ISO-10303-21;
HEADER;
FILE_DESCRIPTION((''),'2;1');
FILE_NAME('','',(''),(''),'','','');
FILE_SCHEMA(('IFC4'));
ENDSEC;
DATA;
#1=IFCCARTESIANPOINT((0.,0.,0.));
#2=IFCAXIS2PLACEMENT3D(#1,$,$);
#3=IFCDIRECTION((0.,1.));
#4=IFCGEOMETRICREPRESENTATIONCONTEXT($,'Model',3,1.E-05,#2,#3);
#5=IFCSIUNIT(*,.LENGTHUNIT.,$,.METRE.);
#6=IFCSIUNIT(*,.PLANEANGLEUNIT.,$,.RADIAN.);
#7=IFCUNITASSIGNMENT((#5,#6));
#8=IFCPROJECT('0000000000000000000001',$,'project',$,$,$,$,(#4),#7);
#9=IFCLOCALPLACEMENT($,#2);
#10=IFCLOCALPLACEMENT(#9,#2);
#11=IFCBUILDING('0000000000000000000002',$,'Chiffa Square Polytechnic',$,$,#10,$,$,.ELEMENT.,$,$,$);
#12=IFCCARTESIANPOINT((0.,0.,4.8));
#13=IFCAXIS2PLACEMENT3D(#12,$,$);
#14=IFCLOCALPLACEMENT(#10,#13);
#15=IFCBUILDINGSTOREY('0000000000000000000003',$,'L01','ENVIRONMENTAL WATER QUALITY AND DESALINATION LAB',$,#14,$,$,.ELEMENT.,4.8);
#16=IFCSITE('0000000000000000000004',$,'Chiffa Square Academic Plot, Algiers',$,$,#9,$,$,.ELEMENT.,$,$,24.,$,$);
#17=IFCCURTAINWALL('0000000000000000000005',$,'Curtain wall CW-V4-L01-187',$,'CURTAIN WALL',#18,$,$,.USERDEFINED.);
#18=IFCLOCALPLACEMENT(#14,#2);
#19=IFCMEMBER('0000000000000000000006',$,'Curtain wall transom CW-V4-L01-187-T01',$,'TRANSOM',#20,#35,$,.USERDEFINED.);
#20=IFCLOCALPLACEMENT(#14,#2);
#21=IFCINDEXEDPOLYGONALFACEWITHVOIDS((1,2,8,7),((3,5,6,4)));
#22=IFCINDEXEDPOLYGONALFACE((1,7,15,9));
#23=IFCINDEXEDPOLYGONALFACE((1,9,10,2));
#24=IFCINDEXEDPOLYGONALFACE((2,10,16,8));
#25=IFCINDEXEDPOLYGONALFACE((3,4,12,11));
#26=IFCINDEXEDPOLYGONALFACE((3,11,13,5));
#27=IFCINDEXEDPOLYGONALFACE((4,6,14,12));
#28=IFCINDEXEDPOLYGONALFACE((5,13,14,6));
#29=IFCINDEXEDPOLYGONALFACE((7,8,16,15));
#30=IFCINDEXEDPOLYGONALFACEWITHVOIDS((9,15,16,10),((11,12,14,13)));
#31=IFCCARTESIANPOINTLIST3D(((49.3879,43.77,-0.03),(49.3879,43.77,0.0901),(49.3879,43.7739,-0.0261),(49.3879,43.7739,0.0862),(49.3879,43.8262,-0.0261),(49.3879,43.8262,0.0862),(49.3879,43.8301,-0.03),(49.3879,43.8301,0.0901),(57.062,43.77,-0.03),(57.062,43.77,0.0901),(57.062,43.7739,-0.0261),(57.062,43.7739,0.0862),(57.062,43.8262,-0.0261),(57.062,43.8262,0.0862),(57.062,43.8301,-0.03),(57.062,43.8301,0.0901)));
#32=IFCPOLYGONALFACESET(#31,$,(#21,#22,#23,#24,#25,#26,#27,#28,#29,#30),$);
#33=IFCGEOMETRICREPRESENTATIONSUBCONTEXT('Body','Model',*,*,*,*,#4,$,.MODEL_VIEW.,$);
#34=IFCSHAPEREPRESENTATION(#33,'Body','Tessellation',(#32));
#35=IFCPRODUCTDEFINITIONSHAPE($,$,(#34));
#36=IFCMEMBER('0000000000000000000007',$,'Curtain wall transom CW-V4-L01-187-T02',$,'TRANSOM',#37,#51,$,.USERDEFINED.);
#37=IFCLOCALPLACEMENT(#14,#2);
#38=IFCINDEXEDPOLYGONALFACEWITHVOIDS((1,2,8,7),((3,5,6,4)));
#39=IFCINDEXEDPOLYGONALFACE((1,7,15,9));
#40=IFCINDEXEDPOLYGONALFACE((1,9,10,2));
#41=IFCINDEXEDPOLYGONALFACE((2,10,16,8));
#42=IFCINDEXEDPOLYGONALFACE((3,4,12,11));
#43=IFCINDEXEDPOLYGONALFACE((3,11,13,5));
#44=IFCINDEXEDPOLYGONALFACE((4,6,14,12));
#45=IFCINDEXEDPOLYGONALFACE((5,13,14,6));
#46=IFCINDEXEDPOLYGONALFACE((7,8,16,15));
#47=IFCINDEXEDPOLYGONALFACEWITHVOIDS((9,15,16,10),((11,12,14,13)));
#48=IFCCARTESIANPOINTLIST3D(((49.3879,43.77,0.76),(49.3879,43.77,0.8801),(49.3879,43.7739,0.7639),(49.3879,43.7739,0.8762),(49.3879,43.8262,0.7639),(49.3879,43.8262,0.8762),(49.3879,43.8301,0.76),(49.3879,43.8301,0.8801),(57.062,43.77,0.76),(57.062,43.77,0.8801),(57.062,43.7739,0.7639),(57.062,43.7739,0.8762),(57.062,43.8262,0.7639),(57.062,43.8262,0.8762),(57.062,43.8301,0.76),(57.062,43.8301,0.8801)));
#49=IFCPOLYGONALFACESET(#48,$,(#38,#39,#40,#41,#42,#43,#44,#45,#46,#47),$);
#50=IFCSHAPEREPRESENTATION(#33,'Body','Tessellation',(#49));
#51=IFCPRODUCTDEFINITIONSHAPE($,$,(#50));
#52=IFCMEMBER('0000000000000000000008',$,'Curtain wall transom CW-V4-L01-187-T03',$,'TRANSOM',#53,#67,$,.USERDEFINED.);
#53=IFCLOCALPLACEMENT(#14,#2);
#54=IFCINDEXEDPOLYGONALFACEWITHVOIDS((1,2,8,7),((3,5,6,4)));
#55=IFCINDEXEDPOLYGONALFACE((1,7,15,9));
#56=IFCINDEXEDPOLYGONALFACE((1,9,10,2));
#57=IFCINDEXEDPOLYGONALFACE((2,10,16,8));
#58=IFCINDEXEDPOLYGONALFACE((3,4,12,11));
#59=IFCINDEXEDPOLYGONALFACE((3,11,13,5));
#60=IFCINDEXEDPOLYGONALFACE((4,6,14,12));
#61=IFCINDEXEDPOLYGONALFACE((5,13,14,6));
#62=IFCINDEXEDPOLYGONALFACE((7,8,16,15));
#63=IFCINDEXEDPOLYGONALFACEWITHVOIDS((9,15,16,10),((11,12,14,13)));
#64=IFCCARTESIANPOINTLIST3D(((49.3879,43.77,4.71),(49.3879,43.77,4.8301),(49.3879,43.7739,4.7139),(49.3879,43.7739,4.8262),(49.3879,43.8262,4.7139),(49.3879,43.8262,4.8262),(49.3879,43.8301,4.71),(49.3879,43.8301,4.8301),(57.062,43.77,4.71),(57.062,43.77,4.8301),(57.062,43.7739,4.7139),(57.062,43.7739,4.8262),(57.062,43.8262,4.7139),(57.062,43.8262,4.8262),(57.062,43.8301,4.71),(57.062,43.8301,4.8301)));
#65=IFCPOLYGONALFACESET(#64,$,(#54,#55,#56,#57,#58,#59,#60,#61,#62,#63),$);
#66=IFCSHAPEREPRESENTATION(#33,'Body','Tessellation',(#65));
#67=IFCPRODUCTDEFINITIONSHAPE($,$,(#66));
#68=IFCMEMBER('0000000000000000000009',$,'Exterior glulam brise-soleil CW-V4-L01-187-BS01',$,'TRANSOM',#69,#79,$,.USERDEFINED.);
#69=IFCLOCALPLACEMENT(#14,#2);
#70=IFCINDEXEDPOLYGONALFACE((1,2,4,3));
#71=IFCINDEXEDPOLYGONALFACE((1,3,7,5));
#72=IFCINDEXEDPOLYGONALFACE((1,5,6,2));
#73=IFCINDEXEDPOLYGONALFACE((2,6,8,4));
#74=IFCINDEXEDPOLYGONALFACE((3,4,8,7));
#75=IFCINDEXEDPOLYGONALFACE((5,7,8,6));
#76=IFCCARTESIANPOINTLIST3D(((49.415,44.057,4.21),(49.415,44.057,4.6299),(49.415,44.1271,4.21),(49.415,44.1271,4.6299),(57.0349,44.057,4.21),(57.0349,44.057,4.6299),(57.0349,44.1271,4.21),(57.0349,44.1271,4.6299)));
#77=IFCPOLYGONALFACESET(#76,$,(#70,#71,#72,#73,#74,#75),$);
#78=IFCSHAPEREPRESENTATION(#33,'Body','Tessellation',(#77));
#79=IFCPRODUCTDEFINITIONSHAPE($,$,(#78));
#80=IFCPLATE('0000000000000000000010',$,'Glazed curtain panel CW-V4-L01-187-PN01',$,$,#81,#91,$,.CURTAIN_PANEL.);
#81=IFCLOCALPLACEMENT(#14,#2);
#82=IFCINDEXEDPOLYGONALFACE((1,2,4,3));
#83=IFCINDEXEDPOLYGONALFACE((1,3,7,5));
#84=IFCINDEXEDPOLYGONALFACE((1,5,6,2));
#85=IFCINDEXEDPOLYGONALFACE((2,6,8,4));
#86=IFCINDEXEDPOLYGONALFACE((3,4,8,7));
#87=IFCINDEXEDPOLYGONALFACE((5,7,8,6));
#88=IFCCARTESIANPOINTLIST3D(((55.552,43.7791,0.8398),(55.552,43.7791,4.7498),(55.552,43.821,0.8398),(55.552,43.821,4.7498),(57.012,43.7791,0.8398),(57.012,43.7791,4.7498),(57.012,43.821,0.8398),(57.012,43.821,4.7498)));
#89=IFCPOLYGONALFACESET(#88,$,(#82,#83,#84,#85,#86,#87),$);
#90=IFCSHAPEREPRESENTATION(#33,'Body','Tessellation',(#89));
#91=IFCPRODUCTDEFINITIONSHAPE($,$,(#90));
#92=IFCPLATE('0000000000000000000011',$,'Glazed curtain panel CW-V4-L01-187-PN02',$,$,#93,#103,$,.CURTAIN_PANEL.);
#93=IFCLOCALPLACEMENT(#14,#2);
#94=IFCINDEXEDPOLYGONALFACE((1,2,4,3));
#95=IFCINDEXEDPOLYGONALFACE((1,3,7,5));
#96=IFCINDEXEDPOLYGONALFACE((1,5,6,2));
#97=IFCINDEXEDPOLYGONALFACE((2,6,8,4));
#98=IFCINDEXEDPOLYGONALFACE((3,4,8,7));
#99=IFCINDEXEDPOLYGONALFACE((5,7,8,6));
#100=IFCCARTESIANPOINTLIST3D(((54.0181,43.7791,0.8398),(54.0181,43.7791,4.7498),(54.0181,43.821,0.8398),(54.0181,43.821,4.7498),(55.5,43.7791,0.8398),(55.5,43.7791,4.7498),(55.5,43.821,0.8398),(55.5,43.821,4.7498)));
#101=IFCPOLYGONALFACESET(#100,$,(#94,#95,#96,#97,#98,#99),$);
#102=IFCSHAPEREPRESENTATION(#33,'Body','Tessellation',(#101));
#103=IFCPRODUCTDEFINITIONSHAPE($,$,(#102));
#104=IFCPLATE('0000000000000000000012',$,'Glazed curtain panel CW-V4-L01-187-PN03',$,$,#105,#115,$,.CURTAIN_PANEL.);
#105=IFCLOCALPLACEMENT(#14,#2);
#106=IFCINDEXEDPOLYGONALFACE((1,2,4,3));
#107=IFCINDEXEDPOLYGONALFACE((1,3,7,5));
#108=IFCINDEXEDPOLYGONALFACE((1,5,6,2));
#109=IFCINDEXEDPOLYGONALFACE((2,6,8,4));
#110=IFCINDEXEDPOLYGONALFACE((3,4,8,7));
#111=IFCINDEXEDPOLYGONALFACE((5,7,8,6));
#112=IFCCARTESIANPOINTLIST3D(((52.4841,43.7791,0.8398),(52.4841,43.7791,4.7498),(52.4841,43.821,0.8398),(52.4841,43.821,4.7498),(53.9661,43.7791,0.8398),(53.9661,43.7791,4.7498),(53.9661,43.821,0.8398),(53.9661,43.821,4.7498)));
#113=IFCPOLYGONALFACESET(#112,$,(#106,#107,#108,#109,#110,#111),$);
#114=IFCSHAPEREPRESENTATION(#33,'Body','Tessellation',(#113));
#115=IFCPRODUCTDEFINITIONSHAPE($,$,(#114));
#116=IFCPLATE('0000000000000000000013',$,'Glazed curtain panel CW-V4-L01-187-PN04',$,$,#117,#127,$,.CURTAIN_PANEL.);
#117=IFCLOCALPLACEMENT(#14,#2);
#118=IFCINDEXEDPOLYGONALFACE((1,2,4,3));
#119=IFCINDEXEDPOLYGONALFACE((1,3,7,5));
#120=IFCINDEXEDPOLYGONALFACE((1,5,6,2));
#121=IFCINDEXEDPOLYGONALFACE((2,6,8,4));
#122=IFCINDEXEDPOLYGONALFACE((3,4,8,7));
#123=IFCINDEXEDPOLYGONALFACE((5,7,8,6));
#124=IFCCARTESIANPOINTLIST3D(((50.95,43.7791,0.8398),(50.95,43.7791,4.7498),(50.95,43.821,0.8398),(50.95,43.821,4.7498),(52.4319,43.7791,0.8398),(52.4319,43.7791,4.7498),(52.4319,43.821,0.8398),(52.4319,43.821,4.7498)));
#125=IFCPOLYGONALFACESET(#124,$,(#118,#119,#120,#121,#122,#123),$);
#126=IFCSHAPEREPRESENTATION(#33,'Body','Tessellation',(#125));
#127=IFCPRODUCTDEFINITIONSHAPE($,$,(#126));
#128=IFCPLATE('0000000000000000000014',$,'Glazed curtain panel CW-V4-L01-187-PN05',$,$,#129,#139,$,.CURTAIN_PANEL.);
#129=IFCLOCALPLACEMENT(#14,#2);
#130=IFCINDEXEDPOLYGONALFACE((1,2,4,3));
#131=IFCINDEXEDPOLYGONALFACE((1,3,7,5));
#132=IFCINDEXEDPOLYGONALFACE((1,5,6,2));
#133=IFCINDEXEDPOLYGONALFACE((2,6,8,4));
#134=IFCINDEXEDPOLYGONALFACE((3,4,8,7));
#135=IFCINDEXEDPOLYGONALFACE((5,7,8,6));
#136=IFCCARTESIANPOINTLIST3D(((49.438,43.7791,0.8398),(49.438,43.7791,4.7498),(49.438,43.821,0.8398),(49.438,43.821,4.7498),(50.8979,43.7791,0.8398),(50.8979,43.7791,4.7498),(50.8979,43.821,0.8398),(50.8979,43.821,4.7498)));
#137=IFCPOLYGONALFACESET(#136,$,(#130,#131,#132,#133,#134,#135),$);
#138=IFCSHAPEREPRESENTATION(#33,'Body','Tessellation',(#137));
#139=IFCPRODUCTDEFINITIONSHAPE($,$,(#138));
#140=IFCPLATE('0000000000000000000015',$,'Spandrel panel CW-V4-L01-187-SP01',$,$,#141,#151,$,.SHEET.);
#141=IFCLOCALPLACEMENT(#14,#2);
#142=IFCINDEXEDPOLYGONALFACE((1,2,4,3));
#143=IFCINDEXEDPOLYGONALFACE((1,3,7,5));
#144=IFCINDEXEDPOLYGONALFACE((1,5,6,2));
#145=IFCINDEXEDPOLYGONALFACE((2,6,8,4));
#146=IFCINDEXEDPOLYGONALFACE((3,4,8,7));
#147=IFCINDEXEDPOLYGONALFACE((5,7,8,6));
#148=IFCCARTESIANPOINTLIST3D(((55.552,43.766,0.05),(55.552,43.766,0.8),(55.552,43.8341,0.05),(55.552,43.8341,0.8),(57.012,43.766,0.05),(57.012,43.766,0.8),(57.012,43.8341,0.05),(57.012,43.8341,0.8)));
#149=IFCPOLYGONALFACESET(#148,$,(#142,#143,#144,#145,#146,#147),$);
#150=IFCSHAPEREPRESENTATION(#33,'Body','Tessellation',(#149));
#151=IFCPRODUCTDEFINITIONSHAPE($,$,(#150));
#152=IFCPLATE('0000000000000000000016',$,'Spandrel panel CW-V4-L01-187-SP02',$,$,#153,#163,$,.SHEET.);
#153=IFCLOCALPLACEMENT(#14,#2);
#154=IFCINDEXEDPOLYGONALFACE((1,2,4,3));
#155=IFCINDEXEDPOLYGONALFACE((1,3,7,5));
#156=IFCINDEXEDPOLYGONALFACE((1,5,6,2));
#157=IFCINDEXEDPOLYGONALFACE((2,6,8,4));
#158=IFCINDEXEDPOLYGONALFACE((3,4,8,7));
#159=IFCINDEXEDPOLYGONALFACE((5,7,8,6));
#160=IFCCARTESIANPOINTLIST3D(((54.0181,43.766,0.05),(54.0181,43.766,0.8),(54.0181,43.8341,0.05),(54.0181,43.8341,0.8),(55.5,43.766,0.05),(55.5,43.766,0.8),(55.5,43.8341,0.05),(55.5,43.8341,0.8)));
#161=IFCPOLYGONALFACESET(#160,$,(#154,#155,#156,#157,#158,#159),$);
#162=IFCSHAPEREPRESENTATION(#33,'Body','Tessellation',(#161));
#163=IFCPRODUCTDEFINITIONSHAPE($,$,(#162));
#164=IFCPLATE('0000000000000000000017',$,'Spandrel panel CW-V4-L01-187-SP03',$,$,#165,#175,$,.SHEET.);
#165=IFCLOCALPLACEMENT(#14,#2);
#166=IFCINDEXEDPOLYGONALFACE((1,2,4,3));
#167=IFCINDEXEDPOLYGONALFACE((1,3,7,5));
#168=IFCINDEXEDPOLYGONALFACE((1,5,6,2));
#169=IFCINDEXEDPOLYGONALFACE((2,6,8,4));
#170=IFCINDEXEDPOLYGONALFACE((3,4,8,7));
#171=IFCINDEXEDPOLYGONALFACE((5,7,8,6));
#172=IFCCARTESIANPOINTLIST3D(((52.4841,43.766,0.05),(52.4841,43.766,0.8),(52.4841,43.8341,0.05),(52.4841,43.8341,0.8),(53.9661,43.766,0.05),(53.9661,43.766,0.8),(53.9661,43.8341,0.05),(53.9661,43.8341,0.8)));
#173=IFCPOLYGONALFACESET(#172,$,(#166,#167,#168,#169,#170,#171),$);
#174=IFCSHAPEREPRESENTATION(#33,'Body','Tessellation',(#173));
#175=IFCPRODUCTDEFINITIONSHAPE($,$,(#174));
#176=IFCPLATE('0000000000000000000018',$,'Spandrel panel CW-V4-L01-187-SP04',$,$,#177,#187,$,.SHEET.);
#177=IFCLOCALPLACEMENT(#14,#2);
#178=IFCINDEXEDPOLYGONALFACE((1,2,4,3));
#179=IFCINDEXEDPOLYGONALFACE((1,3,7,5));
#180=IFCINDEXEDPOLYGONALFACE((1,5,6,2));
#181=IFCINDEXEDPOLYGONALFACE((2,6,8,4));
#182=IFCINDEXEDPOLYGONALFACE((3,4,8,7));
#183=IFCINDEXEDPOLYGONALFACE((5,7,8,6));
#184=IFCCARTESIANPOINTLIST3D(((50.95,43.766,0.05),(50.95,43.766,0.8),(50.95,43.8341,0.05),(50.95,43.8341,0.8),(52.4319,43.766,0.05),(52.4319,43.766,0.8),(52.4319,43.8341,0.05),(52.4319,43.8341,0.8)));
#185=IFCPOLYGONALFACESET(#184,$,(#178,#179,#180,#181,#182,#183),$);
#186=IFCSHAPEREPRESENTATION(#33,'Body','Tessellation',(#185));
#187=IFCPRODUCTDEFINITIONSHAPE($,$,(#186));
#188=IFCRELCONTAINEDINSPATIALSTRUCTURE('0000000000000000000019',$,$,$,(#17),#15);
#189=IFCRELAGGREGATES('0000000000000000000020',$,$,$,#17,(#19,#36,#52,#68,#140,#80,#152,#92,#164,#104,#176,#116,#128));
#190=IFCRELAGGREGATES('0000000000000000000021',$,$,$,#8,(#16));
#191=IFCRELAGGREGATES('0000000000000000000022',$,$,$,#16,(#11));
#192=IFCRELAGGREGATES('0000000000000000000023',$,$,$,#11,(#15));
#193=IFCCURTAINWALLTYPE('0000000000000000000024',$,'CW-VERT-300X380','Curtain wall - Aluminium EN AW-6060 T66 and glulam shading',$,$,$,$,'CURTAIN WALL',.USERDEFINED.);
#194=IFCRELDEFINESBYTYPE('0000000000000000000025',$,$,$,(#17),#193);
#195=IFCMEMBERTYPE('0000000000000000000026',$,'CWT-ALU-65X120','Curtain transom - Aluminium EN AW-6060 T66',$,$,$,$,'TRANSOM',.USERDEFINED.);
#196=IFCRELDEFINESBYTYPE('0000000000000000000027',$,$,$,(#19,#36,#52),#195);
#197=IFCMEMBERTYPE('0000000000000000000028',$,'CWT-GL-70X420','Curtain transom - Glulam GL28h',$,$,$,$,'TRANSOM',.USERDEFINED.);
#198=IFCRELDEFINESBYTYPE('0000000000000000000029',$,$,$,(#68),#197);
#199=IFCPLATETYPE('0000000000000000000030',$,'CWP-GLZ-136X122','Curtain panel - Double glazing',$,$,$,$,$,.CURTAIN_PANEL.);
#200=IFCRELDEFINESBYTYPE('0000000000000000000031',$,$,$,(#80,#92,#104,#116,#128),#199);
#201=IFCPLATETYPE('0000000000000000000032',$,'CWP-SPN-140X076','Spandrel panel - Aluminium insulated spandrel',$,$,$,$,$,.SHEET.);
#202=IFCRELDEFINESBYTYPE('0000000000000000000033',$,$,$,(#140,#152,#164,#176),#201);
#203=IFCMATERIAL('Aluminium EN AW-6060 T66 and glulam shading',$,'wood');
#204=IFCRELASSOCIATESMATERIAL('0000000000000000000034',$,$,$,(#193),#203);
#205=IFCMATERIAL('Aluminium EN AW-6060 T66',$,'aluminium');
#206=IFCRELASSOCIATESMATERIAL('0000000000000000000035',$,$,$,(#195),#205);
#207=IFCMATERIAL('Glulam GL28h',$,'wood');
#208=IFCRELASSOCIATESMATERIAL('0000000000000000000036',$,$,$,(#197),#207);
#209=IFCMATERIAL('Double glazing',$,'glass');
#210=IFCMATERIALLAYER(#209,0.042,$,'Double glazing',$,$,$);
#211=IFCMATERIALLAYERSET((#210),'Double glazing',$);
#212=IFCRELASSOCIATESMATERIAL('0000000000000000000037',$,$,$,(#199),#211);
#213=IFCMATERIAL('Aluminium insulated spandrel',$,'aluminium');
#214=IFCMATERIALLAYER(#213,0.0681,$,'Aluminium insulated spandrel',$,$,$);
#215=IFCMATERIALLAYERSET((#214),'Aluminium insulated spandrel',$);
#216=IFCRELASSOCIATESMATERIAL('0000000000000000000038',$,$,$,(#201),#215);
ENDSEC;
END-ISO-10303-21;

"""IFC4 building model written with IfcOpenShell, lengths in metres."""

from ifc_helpers import new_model, si_unit, direction, frame, origin, origin_2d, place, context, subcontext, project, spatial, rectangle, hollow_rectangle, extrude, material, layer, layer_set, material_profile, profile_set, type_object, element, aggregate, save


model = new_model("IFC4")

# Units and contexts
model_context = context("Model", 3, precision=1e-05, world=origin(), true_north=direction((0.0, 1.0)))
body_context = subcontext(model_context, "Body", "Model", "MODEL_VIEW")
ifc_project = project(units=[si_unit("LENGTHUNIT", "METRE"), si_unit("PLANEANGLEUNIT", "RADIAN")], contexts=[model_context])

# Site, building, storey
site_placement = place(None, origin())
site = spatial("IfcSite", under=ifc_project, at=site_placement, Name="Chiffa Square Academic Plot, Algiers", CompositionType="ELEMENT", RefElevation=24.0)
building_placement = place(site_placement, origin())
building = spatial("IfcBuilding", under=site, at=building_placement, Name="Chiffa Square Polytechnic", CompositionType="ELEMENT")
storey_placement = place(building_placement, frame((0.0, 0.0, 4.8)))
storey = spatial("IfcBuildingStorey", under=building, at=storey_placement, Name="L01", Description="ENVIRONMENTAL WATER QUALITY AND DESALINATION LAB", CompositionType="ELEMENT", Elevation=4.8)

# Curtain wall, members, plates
ifc_material_1 = material(Name="Aluminium EN AW-6060 T66 and glulam shading", Category="wood")
curtain_wall_type = type_object("IfcCurtainWallType", Name="CW-VERT-300X380", Description="Curtain wall - Aluminium EN AW-6060 T66 and glulam shading", ElementType="CURTAIN WALL", PredefinedType="USERDEFINED", material=ifc_material_1)
curtain_wall_placement = place(storey_placement, origin())
curtain_wall = element("IfcCurtainWall", 1, at=curtain_wall_placement, inside=storey, type_object=curtain_wall_type, Name="Curtain wall CW-V4-L01-187", ObjectType="CURTAIN WALL", PredefinedType="USERDEFINED")
ifc_material_2 = material(Name="Aluminium EN AW-6060 T66", Category="aluminium")
ifc_material_3 = material(Name="Glulam GL28h", Category="wood")
ifc_material_profile_1 = material_profile(ifc_material_2, hollow_rectangle(XDim=0.0601, YDim=0.1201, WallThickness=0.0039, at=origin_2d()), Name="ALU 60x120x4")
ifc_profile_set_1 = profile_set([ifc_material_profile_1], Name="Aluminium EN AW-6060 T66")
member_type_1 = type_object("IfcMemberType", Name="CWT-ALU-65X120", Description="Curtain transom - Aluminium EN AW-6060 T66", ElementType="TRANSOM", PredefinedType="USERDEFINED", material=ifc_profile_set_1)
member_1_placement = place(storey_placement, frame((57.062, 43.8, 0.03), z_axis=(-1.0, 0.0, 0.0), x_axis=(0.0, -1.0, 0.0)))
member_1 = element("IfcMember", 2, at=member_1_placement, type_object=member_type_1, Name="Curtain wall transom CW-V4-L01-187-T01", ObjectType="TRANSOM", PredefinedType="USERDEFINED", context=body_context, shape_type="SweptSolid", body=[
    extrude(hollow_rectangle(XDim=0.0601, YDim=0.1201, WallThickness=0.0039, at=origin_2d()), origin(), (0.0, 0.0, 1.0), 7.6741),
])
member_2_placement = place(storey_placement, frame((57.062, 43.8, 0.8201), z_axis=(-1.0, 0.0, 0.0), x_axis=(0.0, -1.0, 0.0)))
member_2 = element("IfcMember", 3, at=member_2_placement, type_object=member_type_1, Name="Curtain wall transom CW-V4-L01-187-T02", ObjectType="TRANSOM", PredefinedType="USERDEFINED", context=body_context, shape_type="SweptSolid", body=[
    extrude(hollow_rectangle(XDim=0.0601, YDim=0.1201, WallThickness=0.0039, at=origin_2d()), origin(), (0.0, 0.0, 1.0), 7.6741),
])
member_3_placement = place(storey_placement, frame((57.062, 43.8, 4.77), z_axis=(-1.0, 0.0, 0.0), x_axis=(0.0, -1.0, 0.0)))
member_3 = element("IfcMember", 4, at=member_3_placement, type_object=member_type_1, Name="Curtain wall transom CW-V4-L01-187-T03", ObjectType="TRANSOM", PredefinedType="USERDEFINED", context=body_context, shape_type="SweptSolid", body=[
    extrude(hollow_rectangle(XDim=0.0601, YDim=0.1201, WallThickness=0.0039, at=origin_2d()), origin(), (0.0, 0.0, 1.0), 7.6741),
])
ifc_material_profile_2 = material_profile(ifc_material_3, rectangle(XDim=0.0701, YDim=0.4199, at=origin_2d()), Name="GL28h 70x420")
ifc_profile_set_2 = profile_set([ifc_material_profile_2], Name="Glulam GL28h")
member_type_2 = type_object("IfcMemberType", Name="CWT-GL-70X420", Description="Curtain transom - Glulam GL28h", ElementType="TRANSOM", PredefinedType="USERDEFINED", material=ifc_profile_set_2)
member_4_placement = place(storey_placement, frame((57.0349, 44.092, 4.4199), z_axis=(-1.0, 0.0, 0.0), x_axis=(0.0, -1.0, 0.0)))
member_4 = element("IfcMember", 5, at=member_4_placement, type_object=member_type_2, Name="Exterior glulam brise-soleil CW-V4-L01-187-BS01", ObjectType="TRANSOM", PredefinedType="USERDEFINED", context=body_context, shape_type="SweptSolid", body=[
    extrude(rectangle(XDim=0.0701, YDim=0.4199, at=origin_2d()), origin(), (0.0, 0.0, 1.0), 7.6199),
])
ifc_material_4 = material(Name="Double glazing", Category="glass")
ifc_layer_1 = layer(ifc_material_4, 0.042, Name="Double glazing")
ifc_layer_set_1 = layer_set([ifc_layer_1], Name="Double glazing")
plate_type_1 = type_object("IfcPlateType", Name="CWP-GLZ-136X122", Description="Curtain panel - Double glazing", PredefinedType="CURTAIN_PANEL", material=ifc_layer_set_1)
plate_1_placement = place(storey_placement, frame((56.282, 43.8, 0.8398), z_axis=(0.0, 0.0, 1.0), x_axis=(-1.0, 0.0, 0.0)))
plate_1 = element("IfcPlate", 6, at=plate_1_placement, type_object=plate_type_1, Name="Glazed curtain panel CW-V4-L01-187-PN01", PredefinedType="CURTAIN_PANEL", context=body_context, shape_type="SweptSolid", body=[
    extrude(rectangle(XDim=1.46, YDim=0.042, at=origin_2d()), origin(), (0.0, 0.0, 1.0), 3.9099),
])
plate_2_placement = place(storey_placement, frame((54.759, 43.8, 0.8398), z_axis=(0.0, 0.0, 1.0), x_axis=(-1.0, 0.0, 0.0)))
plate_2 = element("IfcPlate", 7, at=plate_2_placement, type_object=plate_type_1, Name="Glazed curtain panel CW-V4-L01-187-PN02", PredefinedType="CURTAIN_PANEL", context=body_context, shape_type="SweptSolid", body=[
    extrude(rectangle(XDim=1.4819, YDim=0.042, at=origin_2d()), origin(), (0.0, 0.0, 1.0), 3.9099),
])
plate_3_placement = place(storey_placement, frame((53.2251, 43.8, 0.8398), z_axis=(0.0, 0.0, 1.0), x_axis=(-1.0, 0.0, 0.0)))
plate_3 = element("IfcPlate", 8, at=plate_3_placement, type_object=plate_type_1, Name="Glazed curtain panel CW-V4-L01-187-PN03", PredefinedType="CURTAIN_PANEL", context=body_context, shape_type="SweptSolid", body=[
    extrude(rectangle(XDim=1.4819, YDim=0.042, at=origin_2d()), origin(), (0.0, 0.0, 1.0), 3.9099),
])
plate_4_placement = place(storey_placement, frame((51.6909, 43.8, 0.8398), z_axis=(0.0, 0.0, 1.0), x_axis=(-1.0, 0.0, 0.0)))
plate_4 = element("IfcPlate", 9, at=plate_4_placement, type_object=plate_type_1, Name="Glazed curtain panel CW-V4-L01-187-PN04", PredefinedType="CURTAIN_PANEL", context=body_context, shape_type="SweptSolid", body=[
    extrude(rectangle(XDim=1.4819, YDim=0.042, at=origin_2d()), origin(), (0.0, 0.0, 1.0), 3.9099),
])
plate_5_placement = place(storey_placement, frame((50.168, 43.8, 0.8398), z_axis=(0.0, 0.0, 1.0), x_axis=(-1.0, 0.0, 0.0)))
plate_5 = element("IfcPlate", 10, at=plate_5_placement, type_object=plate_type_1, Name="Glazed curtain panel CW-V4-L01-187-PN05", PredefinedType="CURTAIN_PANEL", context=body_context, shape_type="SweptSolid", body=[
    extrude(rectangle(XDim=1.46, YDim=0.042, at=origin_2d()), origin(), (0.0, 0.0, 1.0), 3.9099),
])
ifc_material_5 = material(Name="Aluminium insulated spandrel", Category="aluminium")
ifc_layer_2 = layer(ifc_material_5, 0.0681, Name="Aluminium insulated spandrel")
ifc_layer_set_2 = layer_set([ifc_layer_2], Name="Aluminium insulated spandrel")
plate_type_2 = type_object("IfcPlateType", Name="CWP-SPN-140X076", Description="Spandrel panel - Aluminium insulated spandrel", PredefinedType="SHEET", material=ifc_layer_set_2)
plate_6_placement = place(storey_placement, frame((56.282, 43.8, 0.05), z_axis=(0.0, 0.0, 1.0), x_axis=(-1.0, 0.0, 0.0)))
plate_6 = element("IfcPlate", 11, at=plate_6_placement, type_object=plate_type_2, Name="Spandrel panel CW-V4-L01-187-SP01", PredefinedType="SHEET", context=body_context, shape_type="SweptSolid", body=[
    extrude(rectangle(XDim=1.46, YDim=0.0681, at=origin_2d()), origin(), (0.0, 0.0, 1.0), 0.75),
])
plate_7_placement = place(storey_placement, frame((54.759, 43.8, 0.05), z_axis=(0.0, 0.0, 1.0), x_axis=(-1.0, 0.0, 0.0)))
plate_7 = element("IfcPlate", 12, at=plate_7_placement, type_object=plate_type_2, Name="Spandrel panel CW-V4-L01-187-SP02", PredefinedType="SHEET", context=body_context, shape_type="SweptSolid", body=[
    extrude(rectangle(XDim=1.4819, YDim=0.0681, at=origin_2d()), origin(), (0.0, 0.0, 1.0), 0.75),
])
plate_8_placement = place(storey_placement, frame((53.2251, 43.8, 0.05), z_axis=(0.0, 0.0, 1.0), x_axis=(-1.0, 0.0, 0.0)))
plate_8 = element("IfcPlate", 13, at=plate_8_placement, type_object=plate_type_2, Name="Spandrel panel CW-V4-L01-187-SP03", PredefinedType="SHEET", context=body_context, shape_type="SweptSolid", body=[
    extrude(rectangle(XDim=1.4819, YDim=0.0681, at=origin_2d()), origin(), (0.0, 0.0, 1.0), 0.75),
])
plate_9_placement = place(storey_placement, frame((51.6909, 43.8, 0.05), z_axis=(0.0, 0.0, 1.0), x_axis=(-1.0, 0.0, 0.0)))
plate_9 = element("IfcPlate", 14, at=plate_9_placement, type_object=plate_type_2, Name="Spandrel panel CW-V4-L01-187-SP04", PredefinedType="SHEET", context=body_context, shape_type="SweptSolid", body=[
    extrude(rectangle(XDim=1.4819, YDim=0.0681, at=origin_2d()), origin(), (0.0, 0.0, 1.0), 0.75),
])
aggregate(curtain_wall, [member_1, member_2, member_3, member_4, plate_6, plate_1, plate_7, plate_2, plate_8, plate_3, plate_9, plate_4, plate_5])

save(model, "model.ifc")
